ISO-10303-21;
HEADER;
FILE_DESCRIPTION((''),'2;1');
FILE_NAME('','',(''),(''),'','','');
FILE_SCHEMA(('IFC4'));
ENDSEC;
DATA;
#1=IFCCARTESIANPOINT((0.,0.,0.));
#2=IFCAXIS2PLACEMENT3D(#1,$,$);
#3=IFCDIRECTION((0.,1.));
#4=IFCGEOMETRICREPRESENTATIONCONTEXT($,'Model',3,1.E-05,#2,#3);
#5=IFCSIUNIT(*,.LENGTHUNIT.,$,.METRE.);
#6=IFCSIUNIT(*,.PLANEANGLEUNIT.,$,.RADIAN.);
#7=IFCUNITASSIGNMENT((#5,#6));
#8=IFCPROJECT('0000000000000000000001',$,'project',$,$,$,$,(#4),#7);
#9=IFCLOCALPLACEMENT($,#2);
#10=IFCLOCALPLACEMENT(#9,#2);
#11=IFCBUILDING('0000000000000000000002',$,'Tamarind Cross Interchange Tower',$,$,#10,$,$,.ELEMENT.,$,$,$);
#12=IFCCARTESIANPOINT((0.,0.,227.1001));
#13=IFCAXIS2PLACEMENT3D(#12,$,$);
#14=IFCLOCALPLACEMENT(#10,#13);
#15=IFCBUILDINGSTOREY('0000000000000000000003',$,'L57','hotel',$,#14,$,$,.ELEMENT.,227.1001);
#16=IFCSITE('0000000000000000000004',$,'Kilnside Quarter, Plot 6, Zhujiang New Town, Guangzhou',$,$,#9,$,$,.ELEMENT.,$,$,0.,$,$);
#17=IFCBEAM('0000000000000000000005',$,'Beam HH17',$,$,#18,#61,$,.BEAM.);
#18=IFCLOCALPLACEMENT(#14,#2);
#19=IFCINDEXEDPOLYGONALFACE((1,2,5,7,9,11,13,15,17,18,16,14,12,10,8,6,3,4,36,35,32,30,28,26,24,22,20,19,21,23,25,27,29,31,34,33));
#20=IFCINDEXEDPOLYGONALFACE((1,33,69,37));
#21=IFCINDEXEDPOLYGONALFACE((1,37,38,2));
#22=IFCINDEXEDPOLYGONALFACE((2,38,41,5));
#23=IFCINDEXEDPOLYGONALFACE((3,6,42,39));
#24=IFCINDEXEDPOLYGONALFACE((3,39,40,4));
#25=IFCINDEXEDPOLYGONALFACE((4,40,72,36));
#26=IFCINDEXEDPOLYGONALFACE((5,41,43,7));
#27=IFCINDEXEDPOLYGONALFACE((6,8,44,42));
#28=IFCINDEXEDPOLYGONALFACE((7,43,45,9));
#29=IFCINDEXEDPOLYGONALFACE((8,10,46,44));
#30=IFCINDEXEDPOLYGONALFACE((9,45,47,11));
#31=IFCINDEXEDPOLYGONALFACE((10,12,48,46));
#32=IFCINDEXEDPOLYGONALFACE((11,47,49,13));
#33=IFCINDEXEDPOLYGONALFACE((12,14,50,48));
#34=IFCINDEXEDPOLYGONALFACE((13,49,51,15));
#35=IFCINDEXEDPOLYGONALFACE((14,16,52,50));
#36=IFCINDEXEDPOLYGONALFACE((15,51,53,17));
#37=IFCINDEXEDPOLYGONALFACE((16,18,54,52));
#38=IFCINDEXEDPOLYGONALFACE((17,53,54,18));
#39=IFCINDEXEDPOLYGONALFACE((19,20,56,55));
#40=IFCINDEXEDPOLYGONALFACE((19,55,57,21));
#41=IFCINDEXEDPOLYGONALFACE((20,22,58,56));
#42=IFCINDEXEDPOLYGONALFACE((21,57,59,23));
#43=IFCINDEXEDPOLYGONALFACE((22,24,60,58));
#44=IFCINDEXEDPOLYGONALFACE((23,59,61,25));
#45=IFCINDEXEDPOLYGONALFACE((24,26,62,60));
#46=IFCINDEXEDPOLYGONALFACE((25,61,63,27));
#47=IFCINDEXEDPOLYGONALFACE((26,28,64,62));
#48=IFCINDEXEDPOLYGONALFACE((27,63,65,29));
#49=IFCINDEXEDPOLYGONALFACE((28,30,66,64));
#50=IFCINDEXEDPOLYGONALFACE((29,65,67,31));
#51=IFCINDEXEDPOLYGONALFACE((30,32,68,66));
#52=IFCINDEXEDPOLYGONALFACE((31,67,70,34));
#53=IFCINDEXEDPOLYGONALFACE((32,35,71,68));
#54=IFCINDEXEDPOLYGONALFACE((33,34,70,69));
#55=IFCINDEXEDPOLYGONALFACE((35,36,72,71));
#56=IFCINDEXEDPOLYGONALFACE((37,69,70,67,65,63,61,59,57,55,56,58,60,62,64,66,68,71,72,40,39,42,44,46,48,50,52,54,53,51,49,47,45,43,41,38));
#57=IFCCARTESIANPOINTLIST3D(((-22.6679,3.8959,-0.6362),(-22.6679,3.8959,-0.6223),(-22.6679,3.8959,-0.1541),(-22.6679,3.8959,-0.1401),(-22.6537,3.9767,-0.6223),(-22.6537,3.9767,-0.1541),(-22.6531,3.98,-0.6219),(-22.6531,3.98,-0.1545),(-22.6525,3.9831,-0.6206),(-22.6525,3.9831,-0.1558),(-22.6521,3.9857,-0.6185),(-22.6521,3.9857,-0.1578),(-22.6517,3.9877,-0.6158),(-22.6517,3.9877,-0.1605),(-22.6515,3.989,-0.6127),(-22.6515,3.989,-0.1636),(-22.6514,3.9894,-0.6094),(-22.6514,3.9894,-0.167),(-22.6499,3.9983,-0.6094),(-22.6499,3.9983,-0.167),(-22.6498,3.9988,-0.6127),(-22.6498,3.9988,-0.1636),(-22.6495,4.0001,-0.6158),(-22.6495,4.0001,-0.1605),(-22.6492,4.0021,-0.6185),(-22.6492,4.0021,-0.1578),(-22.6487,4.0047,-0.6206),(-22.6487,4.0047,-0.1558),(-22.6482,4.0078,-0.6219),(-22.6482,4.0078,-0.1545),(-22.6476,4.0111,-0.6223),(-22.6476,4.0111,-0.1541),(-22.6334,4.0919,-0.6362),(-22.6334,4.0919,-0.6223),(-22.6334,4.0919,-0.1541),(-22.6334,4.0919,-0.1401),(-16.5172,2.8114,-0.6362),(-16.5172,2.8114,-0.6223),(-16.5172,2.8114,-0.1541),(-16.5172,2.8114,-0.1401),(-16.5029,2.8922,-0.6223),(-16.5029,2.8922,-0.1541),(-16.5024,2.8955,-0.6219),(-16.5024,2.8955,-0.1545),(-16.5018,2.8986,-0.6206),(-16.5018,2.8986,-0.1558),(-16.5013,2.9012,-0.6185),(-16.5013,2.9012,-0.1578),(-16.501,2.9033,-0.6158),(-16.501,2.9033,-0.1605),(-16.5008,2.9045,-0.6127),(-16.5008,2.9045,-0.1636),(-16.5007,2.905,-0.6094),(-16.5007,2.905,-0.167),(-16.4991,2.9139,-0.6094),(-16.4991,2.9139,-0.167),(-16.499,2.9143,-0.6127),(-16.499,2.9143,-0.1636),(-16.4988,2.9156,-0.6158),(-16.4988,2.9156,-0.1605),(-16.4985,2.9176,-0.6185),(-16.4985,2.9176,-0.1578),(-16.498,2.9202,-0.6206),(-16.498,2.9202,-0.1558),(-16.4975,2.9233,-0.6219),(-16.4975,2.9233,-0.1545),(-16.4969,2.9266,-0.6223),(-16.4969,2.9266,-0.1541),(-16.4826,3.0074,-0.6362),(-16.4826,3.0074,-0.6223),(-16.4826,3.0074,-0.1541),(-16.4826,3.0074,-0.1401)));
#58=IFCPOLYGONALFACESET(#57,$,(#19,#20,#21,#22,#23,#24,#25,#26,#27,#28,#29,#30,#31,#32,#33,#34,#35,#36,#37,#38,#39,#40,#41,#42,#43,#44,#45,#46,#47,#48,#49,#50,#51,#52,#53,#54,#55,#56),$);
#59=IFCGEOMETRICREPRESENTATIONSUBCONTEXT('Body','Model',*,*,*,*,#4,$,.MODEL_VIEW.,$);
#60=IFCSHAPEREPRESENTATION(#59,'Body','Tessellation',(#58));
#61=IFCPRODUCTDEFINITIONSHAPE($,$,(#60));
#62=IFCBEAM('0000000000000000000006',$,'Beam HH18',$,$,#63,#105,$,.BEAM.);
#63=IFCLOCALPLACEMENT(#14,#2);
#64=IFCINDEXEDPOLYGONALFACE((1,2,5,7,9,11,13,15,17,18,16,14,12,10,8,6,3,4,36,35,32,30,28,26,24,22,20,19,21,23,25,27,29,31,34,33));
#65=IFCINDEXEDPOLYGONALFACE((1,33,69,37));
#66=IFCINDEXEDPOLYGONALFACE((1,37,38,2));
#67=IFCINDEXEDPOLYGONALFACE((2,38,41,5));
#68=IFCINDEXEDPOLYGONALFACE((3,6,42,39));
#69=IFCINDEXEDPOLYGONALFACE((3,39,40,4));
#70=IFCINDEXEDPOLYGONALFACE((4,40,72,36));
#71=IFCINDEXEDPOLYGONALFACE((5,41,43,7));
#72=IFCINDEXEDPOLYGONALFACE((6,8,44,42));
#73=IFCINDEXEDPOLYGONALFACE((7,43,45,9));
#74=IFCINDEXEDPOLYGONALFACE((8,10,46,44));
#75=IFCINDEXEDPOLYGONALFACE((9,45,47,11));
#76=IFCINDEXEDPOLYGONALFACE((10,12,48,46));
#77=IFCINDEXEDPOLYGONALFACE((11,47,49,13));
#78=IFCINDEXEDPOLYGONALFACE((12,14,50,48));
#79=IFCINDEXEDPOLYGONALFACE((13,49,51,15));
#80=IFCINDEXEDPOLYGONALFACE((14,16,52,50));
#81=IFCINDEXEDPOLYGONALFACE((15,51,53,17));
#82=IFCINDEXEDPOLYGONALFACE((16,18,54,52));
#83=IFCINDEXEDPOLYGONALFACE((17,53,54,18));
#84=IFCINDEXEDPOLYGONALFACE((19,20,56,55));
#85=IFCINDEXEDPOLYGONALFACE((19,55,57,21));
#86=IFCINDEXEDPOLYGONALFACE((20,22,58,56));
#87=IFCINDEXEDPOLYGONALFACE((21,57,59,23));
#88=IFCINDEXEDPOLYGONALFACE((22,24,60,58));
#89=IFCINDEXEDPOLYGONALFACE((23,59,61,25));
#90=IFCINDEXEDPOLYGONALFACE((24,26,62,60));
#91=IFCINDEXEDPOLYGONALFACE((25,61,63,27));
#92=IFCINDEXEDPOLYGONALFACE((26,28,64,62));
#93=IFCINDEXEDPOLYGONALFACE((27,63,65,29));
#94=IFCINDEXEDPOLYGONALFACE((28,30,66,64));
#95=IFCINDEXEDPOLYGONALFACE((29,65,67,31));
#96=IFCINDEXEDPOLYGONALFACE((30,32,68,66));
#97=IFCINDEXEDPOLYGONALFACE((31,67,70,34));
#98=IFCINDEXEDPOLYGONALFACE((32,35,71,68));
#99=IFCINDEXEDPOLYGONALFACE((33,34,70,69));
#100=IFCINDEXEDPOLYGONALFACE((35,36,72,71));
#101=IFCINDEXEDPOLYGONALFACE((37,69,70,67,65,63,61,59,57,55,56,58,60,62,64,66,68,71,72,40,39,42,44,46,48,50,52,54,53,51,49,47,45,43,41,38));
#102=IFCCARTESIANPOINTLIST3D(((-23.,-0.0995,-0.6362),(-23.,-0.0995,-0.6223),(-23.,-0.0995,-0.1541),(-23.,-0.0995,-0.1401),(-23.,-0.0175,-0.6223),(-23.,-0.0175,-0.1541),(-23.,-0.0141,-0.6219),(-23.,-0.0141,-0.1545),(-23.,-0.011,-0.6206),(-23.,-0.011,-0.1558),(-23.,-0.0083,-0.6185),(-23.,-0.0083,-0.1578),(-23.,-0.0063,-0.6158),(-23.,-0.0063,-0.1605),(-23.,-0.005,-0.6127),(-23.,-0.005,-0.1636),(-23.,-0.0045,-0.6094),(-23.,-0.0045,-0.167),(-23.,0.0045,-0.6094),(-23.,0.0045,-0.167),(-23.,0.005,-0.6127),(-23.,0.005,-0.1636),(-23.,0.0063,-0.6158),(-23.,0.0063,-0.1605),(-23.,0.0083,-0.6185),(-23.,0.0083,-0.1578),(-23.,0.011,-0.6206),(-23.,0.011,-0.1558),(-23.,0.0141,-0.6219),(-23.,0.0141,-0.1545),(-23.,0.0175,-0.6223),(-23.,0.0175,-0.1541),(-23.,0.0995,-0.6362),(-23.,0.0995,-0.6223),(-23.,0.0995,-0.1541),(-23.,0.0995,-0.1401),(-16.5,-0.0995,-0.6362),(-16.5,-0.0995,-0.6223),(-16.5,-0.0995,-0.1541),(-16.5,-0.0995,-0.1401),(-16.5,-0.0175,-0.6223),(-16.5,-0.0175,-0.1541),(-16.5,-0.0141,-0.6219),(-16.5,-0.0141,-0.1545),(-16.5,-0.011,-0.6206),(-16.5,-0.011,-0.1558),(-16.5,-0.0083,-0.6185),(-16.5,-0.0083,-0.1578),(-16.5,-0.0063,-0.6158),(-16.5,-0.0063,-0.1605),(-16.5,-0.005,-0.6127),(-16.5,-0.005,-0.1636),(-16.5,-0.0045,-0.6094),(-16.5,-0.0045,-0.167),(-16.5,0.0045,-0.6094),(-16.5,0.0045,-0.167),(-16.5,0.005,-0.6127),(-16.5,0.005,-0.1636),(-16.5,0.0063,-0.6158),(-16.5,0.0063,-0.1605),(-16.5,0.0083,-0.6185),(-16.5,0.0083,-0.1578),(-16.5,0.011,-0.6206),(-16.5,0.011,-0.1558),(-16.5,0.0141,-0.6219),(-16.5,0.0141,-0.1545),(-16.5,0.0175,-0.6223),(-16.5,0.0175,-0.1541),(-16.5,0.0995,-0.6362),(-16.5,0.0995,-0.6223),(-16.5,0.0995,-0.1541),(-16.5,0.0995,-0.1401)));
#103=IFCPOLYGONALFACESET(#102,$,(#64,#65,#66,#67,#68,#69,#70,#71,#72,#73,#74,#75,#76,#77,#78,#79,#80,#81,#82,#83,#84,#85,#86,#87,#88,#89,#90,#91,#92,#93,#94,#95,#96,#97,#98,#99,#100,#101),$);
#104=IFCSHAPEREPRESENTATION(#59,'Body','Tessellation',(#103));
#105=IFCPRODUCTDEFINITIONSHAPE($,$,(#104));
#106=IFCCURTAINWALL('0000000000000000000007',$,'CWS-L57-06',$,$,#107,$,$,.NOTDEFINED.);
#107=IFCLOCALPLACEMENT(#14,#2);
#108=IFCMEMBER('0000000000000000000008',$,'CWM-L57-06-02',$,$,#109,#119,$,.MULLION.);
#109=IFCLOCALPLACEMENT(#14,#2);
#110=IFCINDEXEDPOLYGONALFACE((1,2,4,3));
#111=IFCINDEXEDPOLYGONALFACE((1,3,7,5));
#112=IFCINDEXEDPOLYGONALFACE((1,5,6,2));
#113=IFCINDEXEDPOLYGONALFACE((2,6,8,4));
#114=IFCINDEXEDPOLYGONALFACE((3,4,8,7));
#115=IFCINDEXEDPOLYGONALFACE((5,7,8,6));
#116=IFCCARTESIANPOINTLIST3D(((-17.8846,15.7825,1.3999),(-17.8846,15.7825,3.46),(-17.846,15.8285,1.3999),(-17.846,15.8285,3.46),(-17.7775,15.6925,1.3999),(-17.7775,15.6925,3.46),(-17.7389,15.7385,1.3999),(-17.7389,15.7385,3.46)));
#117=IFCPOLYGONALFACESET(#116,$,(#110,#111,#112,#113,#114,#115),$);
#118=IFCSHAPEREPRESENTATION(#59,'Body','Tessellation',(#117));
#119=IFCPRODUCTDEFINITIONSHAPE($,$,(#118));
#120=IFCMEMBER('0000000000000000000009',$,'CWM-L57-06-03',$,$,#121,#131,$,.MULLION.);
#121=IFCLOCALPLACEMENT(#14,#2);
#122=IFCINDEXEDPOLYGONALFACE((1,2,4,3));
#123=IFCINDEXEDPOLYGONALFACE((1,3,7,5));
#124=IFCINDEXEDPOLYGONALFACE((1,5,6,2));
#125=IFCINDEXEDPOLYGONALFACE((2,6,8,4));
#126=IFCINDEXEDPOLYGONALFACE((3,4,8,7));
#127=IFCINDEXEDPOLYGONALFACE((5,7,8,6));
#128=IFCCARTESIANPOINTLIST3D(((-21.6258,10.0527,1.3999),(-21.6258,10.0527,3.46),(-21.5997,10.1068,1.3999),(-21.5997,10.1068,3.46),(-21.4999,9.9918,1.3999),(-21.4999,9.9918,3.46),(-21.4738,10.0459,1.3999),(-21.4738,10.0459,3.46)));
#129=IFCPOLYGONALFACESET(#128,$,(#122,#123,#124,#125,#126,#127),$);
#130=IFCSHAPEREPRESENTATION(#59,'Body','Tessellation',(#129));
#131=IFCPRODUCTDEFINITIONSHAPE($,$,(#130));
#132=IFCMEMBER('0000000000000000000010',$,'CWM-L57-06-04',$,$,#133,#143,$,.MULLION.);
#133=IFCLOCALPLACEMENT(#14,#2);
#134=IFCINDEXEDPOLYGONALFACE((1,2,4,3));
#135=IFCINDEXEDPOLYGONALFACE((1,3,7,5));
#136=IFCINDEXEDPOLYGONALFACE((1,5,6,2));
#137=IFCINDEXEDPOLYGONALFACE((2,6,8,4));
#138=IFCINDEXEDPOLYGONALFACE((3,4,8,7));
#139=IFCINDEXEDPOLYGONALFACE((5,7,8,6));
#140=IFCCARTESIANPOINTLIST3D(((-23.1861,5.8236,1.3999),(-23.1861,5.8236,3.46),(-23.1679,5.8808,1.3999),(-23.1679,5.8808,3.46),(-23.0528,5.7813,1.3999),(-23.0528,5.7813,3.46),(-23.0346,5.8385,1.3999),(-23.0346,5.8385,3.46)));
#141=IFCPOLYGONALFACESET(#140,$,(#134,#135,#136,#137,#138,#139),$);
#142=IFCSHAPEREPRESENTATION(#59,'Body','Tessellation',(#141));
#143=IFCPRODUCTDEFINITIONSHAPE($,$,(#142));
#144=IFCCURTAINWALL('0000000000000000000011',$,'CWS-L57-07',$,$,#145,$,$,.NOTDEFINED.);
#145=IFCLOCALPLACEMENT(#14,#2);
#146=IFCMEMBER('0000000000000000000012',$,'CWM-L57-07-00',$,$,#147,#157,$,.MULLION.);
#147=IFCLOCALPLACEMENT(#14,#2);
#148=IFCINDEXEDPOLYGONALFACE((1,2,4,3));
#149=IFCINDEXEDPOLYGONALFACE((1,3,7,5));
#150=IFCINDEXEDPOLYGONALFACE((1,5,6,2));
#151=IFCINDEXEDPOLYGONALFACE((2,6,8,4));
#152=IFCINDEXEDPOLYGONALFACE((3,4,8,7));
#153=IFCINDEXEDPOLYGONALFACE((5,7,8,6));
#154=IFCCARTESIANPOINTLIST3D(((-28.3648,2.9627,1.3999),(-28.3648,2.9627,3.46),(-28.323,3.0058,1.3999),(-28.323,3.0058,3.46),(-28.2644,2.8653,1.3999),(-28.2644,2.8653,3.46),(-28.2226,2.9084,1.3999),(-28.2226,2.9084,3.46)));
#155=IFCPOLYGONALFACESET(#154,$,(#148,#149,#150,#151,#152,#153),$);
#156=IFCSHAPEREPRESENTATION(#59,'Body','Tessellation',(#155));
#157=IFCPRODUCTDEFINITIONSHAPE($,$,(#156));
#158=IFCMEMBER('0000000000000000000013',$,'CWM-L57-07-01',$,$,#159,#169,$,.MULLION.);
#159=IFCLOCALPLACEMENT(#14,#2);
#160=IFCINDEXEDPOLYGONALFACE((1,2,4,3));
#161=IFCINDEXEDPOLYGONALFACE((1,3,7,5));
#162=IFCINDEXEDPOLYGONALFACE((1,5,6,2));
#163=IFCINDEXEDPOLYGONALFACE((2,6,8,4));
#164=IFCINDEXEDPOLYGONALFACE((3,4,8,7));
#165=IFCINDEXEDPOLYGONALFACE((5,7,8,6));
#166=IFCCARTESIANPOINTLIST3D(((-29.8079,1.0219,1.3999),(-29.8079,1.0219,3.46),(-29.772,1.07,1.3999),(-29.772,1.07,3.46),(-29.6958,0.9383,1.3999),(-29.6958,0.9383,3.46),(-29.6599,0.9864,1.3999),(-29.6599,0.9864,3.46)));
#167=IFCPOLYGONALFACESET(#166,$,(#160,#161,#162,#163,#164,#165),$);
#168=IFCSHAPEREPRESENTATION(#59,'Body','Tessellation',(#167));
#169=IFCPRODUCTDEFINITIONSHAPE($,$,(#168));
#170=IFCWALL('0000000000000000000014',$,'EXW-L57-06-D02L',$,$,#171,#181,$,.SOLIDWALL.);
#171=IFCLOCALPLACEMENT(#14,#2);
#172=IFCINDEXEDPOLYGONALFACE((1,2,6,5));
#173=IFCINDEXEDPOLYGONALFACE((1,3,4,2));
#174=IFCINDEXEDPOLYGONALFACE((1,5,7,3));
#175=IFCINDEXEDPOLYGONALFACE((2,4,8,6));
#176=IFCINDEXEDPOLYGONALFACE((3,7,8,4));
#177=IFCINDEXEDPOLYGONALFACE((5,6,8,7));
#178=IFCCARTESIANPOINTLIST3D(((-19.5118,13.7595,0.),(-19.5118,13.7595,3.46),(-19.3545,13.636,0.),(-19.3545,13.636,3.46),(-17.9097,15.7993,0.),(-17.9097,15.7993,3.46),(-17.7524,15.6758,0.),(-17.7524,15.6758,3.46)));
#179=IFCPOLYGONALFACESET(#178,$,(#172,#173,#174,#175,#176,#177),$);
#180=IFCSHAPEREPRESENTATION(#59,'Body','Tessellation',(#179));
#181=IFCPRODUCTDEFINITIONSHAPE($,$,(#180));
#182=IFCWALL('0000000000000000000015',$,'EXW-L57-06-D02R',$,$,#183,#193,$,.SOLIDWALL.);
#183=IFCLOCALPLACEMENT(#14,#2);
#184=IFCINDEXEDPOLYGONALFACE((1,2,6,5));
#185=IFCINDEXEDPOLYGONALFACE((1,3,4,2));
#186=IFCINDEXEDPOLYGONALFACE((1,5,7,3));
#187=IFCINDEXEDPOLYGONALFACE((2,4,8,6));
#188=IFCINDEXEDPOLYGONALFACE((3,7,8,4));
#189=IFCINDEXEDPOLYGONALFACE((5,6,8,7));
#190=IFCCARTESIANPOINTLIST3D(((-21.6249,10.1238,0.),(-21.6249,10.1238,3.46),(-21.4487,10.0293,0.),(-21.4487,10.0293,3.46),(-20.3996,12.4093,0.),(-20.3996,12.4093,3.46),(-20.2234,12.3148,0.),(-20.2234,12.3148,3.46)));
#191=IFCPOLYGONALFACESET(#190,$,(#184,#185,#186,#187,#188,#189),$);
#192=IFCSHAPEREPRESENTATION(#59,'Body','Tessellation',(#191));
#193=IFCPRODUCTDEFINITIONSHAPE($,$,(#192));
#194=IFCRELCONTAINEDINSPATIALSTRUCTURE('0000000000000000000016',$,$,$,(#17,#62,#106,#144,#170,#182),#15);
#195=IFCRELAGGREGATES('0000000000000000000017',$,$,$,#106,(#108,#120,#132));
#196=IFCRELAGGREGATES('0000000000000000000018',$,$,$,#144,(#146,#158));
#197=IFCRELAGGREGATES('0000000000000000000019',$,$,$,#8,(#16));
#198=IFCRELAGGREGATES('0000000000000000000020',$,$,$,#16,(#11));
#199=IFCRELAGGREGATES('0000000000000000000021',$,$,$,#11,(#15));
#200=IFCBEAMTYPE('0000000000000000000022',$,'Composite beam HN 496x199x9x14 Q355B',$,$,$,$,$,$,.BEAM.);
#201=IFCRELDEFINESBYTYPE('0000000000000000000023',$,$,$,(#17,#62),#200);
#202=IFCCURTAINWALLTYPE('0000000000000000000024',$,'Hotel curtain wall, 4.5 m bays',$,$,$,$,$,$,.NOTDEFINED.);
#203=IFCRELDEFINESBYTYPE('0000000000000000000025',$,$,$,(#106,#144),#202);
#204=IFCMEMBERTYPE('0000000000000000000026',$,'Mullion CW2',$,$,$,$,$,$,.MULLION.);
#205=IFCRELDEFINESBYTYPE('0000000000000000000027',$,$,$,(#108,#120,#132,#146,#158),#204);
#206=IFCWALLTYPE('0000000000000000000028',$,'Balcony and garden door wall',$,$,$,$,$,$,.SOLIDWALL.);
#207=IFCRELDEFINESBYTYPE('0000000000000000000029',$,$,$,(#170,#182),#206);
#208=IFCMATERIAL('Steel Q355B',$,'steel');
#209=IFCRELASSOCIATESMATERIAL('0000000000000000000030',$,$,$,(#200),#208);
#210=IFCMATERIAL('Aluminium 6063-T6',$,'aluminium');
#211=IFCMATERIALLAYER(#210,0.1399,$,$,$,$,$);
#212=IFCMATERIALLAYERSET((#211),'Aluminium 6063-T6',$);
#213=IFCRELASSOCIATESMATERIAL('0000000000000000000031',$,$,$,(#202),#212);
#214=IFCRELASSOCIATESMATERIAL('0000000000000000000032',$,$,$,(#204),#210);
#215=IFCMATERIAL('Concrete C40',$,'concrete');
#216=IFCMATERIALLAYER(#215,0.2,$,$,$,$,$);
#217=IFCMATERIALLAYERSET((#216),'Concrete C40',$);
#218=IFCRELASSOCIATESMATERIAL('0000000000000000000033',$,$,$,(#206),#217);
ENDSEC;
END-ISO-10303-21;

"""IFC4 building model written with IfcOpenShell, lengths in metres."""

from ifc_helpers import new_model, si_unit, direction, frame, frame_2d, origin, origin_2d, place, context, subcontext, project, spatial, rectangle, i_section, extrude, material, layer, layer_set, material_profile, profile_set, type_object, element, aggregate, save


model = new_model("IFC4")

# Units and contexts
model_context = context("Model", 3, precision=1e-05, world=origin(), true_north=direction((0.0, 1.0)))
body_context = subcontext(model_context, "Body", "Model", "MODEL_VIEW")
ifc_project = project(units=[si_unit("LENGTHUNIT", "METRE"), si_unit("PLANEANGLEUNIT", "RADIAN")], contexts=[model_context])

# Site, building, storey
site_placement = place(None, origin())
site = spatial("IfcSite", under=ifc_project, at=site_placement, Name="Kilnside Quarter, Plot 6, Zhujiang New Town, Guangzhou", CompositionType="ELEMENT", RefElevation=0.0)
building_placement = place(site_placement, origin())
building = spatial("IfcBuilding", under=site, at=building_placement, Name="Tamarind Cross Interchange Tower", CompositionType="ELEMENT")
storey_placement = place(building_placement, frame((0.0, 0.0, 227.1001)))
storey = spatial("IfcBuildingStorey", under=building, at=storey_placement, Name="L57", Description="hotel", CompositionType="ELEMENT", Elevation=227.1001)

# Beams
ifc_material_1 = material(Name="Steel Q355B", Category="steel")
ifc_material_profile_1 = material_profile(ifc_material_1, i_section(OverallWidth=0.199, OverallDepth=0.4961, WebThickness=0.009, FlangeThickness=0.0139, FilletRadius=0.0129, at=origin_2d()), Name="HN 496x199x9x14")
ifc_profile_set_1 = profile_set([ifc_material_profile_1], Name="Steel Q355B")
beam_type = type_object("IfcBeamType", Name="Composite beam HN 496x199x9x14 Q355B", PredefinedType="BEAM", material=ifc_profile_set_1)
beam_1_placement = place(storey_placement, frame((-22.6506, 3.9939, -0.3882), z_axis=(0.984809, -0.17364, 0.0), x_axis=(0.17364, 0.984809, 0.0)))
element("IfcBeam", 1, at=beam_1_placement, inside=storey, type_object=beam_type, Name="Beam HH17", PredefinedType="BEAM", context=body_context, shape_type="SweptSolid", body=[
    extrude(i_section(OverallWidth=0.199, OverallDepth=0.4961, WebThickness=0.009, FlangeThickness=0.0139, FilletRadius=0.0129, at=origin_2d()), origin(), (0.0, 0.0, 1.0), 6.2456),
])
beam_2_placement = place(storey_placement, frame((-23.0, 0.0, -0.3882), z_axis=(1.0, 0.0, 0.0), x_axis=(0.0, 1.0, 0.0)))
element("IfcBeam", 2, at=beam_2_placement, inside=storey, type_object=beam_type, Name="Beam HH18", PredefinedType="BEAM", context=body_context, shape_type="SweptSolid", body=[
    extrude(i_section(OverallWidth=0.199, OverallDepth=0.4961, WebThickness=0.009, FlangeThickness=0.0139, FilletRadius=0.0129, at=origin_2d()), origin(), (0.0, 0.0, 1.0), 6.5),
])

# Curtain walls, members
ifc_material_2 = material(Name="Aluminium 6063-T6", Category="aluminium")
ifc_layer_1 = layer(ifc_material_2, 0.1399)
ifc_layer_set_1 = layer_set([ifc_layer_1], Name="Aluminium 6063-T6")
curtain_wall_type = type_object("IfcCurtainWallType", Name="Hotel curtain wall, 4.5 m bays", PredefinedType="NOTDEFINED", material=ifc_layer_set_1)
curtain_wall_1_placement = place(storey_placement, origin())
curtain_wall_1 = element("IfcCurtainWall", 3, at=curtain_wall_1_placement, inside=storey, type_object=curtain_wall_type, Name="CWS-L57-06", PredefinedType="NOTDEFINED")
ifc_material_profile_2 = material_profile(ifc_material_2, rectangle(XDim=0.0601, YDim=0.1399, at=origin_2d()), Name="Mullion CW2")
ifc_profile_set_2 = profile_set([ifc_material_profile_2], Name="Aluminium 6063-T6")
member_type = type_object("IfcMemberType", Name="Mullion CW2", PredefinedType="MULLION", material=ifc_profile_set_2)
member_1_placement = place(storey_placement, frame((-17.8118, 15.7605, 1.3999), z_axis=(0.0, 0.0, 1.0), x_axis=(-0.643009, -0.765858, 0.0)))
member_1 = element("IfcMember", 4, at=member_1_placement, type_object=member_type, Name="CWM-L57-06-02", PredefinedType="MULLION", context=body_context, shape_type="SweptSolid", body=[
    extrude(rectangle(XDim=0.0601, YDim=0.1399, at=origin_2d()), origin(), (0.0, 0.0, 1.0), 2.0601),
])
member_2_placement = place(storey_placement, frame((-21.5498, 10.0493, 1.3999), z_axis=(0.0, 0.0, 1.0), x_axis=(-0.435326, -0.900273, 0.0)))
member_2 = element("IfcMember", 5, at=member_2_placement, type_object=member_type, Name="CWM-L57-06-03", PredefinedType="MULLION", context=body_context, shape_type="SweptSolid", body=[
    extrude(rectangle(XDim=0.0601, YDim=0.1399, at=origin_2d()), origin(), (0.0, 0.0, 1.0), 2.0601),
])
member_3_placement = place(storey_placement, frame((-23.1104, 5.8311, 1.3999), z_axis=(0.0, 0.0, 1.0), x_axis=(-0.302552, -0.953133, 0.0)))
member_3 = element("IfcMember", 6, at=member_3_placement, type_object=member_type, Name="CWM-L57-06-04", PredefinedType="MULLION", context=body_context, shape_type="SweptSolid", body=[
    extrude(rectangle(XDim=0.0601, YDim=0.1399, at=origin_2d()), origin(), (0.0, 0.0, 1.0), 2.0601),
])
aggregate(curtain_wall_1, [member_1, member_2, member_3])
curtain_wall_2_placement = place(storey_placement, origin())
curtain_wall_2 = element("IfcCurtainWall", 7, at=curtain_wall_2_placement, inside=storey, type_object=curtain_wall_type, Name="CWS-L57-07", PredefinedType="NOTDEFINED")
member_4_placement = place(storey_placement, frame((-28.2937, 2.9355, 1.3999), z_axis=(0.0, 0.0, 1.0), x_axis=(-0.696007, -0.718035, 0.0)))
member_4 = element("IfcMember", 8, at=member_4_placement, type_object=member_type, Name="CWM-L57-07-00", PredefinedType="MULLION", context=body_context, shape_type="SweptSolid", body=[
    extrude(rectangle(XDim=0.0601, YDim=0.1399, at=origin_2d()), origin(), (0.0, 0.0, 1.0), 2.0601),
])
member_5_placement = place(storey_placement, frame((-29.7339, 1.0042, 1.3999), z_axis=(0.0, 0.0, 1.0), x_axis=(-0.597838, -0.801617, 0.0)))
member_5 = element("IfcMember", 9, at=member_5_placement, type_object=member_type, Name="CWM-L57-07-01", PredefinedType="MULLION", context=body_context, shape_type="SweptSolid", body=[
    extrude(rectangle(XDim=0.0601, YDim=0.1399, at=origin_2d()), origin(), (0.0, 0.0, 1.0), 2.0601),
])
aggregate(curtain_wall_2, [member_4, member_5])

# Walls
ifc_material_3 = material(Name="Concrete C40", Category="concrete")
ifc_layer_2 = layer(ifc_material_3, 0.2)
ifc_layer_set_2 = layer_set([ifc_layer_2], Name="Concrete C40")
wall_type_1 = type_object("IfcWallType", Name="Balcony and garden door wall", PredefinedType="SOLIDWALL", material=ifc_layer_set_2)
wall_1_placement = place(storey_placement, frame((-17.8311, 15.7375, 0.0), z_axis=(0.0, 0.0, 1.0), x_axis=(-0.617668, -0.786439, 0.0)))
element("IfcWall", 10, at=wall_1_placement, inside=storey, type_object=wall_type_1, Name="EXW-L57-06-D02L", PredefinedType="SOLIDWALL", context=body_context, shape_type="SweptSolid", body=[
    extrude(rectangle(XDim=2.5938, YDim=0.2, at=frame_2d((1.2969, 0.0))), origin(), (0.0, 0.0, 1.0), 3.46),
])
wall_2_placement = place(storey_placement, frame((-20.3115, 12.3621, 0.0), z_axis=(0.0, 0.0, 1.0), x_axis=(-0.472488, -0.881337, 0.0)))
element("IfcWall", 11, at=wall_2_placement, inside=storey, type_object=wall_type_1, Name="EXW-L57-06-D02R", PredefinedType="SOLIDWALL", context=body_context, shape_type="SweptSolid", body=[
    extrude(rectangle(XDim=2.5933, YDim=0.2, at=frame_2d((1.2966, 0.0))), origin(), (0.0, 0.0, 1.0), 3.46),
])

save(model, "model.ifc")
